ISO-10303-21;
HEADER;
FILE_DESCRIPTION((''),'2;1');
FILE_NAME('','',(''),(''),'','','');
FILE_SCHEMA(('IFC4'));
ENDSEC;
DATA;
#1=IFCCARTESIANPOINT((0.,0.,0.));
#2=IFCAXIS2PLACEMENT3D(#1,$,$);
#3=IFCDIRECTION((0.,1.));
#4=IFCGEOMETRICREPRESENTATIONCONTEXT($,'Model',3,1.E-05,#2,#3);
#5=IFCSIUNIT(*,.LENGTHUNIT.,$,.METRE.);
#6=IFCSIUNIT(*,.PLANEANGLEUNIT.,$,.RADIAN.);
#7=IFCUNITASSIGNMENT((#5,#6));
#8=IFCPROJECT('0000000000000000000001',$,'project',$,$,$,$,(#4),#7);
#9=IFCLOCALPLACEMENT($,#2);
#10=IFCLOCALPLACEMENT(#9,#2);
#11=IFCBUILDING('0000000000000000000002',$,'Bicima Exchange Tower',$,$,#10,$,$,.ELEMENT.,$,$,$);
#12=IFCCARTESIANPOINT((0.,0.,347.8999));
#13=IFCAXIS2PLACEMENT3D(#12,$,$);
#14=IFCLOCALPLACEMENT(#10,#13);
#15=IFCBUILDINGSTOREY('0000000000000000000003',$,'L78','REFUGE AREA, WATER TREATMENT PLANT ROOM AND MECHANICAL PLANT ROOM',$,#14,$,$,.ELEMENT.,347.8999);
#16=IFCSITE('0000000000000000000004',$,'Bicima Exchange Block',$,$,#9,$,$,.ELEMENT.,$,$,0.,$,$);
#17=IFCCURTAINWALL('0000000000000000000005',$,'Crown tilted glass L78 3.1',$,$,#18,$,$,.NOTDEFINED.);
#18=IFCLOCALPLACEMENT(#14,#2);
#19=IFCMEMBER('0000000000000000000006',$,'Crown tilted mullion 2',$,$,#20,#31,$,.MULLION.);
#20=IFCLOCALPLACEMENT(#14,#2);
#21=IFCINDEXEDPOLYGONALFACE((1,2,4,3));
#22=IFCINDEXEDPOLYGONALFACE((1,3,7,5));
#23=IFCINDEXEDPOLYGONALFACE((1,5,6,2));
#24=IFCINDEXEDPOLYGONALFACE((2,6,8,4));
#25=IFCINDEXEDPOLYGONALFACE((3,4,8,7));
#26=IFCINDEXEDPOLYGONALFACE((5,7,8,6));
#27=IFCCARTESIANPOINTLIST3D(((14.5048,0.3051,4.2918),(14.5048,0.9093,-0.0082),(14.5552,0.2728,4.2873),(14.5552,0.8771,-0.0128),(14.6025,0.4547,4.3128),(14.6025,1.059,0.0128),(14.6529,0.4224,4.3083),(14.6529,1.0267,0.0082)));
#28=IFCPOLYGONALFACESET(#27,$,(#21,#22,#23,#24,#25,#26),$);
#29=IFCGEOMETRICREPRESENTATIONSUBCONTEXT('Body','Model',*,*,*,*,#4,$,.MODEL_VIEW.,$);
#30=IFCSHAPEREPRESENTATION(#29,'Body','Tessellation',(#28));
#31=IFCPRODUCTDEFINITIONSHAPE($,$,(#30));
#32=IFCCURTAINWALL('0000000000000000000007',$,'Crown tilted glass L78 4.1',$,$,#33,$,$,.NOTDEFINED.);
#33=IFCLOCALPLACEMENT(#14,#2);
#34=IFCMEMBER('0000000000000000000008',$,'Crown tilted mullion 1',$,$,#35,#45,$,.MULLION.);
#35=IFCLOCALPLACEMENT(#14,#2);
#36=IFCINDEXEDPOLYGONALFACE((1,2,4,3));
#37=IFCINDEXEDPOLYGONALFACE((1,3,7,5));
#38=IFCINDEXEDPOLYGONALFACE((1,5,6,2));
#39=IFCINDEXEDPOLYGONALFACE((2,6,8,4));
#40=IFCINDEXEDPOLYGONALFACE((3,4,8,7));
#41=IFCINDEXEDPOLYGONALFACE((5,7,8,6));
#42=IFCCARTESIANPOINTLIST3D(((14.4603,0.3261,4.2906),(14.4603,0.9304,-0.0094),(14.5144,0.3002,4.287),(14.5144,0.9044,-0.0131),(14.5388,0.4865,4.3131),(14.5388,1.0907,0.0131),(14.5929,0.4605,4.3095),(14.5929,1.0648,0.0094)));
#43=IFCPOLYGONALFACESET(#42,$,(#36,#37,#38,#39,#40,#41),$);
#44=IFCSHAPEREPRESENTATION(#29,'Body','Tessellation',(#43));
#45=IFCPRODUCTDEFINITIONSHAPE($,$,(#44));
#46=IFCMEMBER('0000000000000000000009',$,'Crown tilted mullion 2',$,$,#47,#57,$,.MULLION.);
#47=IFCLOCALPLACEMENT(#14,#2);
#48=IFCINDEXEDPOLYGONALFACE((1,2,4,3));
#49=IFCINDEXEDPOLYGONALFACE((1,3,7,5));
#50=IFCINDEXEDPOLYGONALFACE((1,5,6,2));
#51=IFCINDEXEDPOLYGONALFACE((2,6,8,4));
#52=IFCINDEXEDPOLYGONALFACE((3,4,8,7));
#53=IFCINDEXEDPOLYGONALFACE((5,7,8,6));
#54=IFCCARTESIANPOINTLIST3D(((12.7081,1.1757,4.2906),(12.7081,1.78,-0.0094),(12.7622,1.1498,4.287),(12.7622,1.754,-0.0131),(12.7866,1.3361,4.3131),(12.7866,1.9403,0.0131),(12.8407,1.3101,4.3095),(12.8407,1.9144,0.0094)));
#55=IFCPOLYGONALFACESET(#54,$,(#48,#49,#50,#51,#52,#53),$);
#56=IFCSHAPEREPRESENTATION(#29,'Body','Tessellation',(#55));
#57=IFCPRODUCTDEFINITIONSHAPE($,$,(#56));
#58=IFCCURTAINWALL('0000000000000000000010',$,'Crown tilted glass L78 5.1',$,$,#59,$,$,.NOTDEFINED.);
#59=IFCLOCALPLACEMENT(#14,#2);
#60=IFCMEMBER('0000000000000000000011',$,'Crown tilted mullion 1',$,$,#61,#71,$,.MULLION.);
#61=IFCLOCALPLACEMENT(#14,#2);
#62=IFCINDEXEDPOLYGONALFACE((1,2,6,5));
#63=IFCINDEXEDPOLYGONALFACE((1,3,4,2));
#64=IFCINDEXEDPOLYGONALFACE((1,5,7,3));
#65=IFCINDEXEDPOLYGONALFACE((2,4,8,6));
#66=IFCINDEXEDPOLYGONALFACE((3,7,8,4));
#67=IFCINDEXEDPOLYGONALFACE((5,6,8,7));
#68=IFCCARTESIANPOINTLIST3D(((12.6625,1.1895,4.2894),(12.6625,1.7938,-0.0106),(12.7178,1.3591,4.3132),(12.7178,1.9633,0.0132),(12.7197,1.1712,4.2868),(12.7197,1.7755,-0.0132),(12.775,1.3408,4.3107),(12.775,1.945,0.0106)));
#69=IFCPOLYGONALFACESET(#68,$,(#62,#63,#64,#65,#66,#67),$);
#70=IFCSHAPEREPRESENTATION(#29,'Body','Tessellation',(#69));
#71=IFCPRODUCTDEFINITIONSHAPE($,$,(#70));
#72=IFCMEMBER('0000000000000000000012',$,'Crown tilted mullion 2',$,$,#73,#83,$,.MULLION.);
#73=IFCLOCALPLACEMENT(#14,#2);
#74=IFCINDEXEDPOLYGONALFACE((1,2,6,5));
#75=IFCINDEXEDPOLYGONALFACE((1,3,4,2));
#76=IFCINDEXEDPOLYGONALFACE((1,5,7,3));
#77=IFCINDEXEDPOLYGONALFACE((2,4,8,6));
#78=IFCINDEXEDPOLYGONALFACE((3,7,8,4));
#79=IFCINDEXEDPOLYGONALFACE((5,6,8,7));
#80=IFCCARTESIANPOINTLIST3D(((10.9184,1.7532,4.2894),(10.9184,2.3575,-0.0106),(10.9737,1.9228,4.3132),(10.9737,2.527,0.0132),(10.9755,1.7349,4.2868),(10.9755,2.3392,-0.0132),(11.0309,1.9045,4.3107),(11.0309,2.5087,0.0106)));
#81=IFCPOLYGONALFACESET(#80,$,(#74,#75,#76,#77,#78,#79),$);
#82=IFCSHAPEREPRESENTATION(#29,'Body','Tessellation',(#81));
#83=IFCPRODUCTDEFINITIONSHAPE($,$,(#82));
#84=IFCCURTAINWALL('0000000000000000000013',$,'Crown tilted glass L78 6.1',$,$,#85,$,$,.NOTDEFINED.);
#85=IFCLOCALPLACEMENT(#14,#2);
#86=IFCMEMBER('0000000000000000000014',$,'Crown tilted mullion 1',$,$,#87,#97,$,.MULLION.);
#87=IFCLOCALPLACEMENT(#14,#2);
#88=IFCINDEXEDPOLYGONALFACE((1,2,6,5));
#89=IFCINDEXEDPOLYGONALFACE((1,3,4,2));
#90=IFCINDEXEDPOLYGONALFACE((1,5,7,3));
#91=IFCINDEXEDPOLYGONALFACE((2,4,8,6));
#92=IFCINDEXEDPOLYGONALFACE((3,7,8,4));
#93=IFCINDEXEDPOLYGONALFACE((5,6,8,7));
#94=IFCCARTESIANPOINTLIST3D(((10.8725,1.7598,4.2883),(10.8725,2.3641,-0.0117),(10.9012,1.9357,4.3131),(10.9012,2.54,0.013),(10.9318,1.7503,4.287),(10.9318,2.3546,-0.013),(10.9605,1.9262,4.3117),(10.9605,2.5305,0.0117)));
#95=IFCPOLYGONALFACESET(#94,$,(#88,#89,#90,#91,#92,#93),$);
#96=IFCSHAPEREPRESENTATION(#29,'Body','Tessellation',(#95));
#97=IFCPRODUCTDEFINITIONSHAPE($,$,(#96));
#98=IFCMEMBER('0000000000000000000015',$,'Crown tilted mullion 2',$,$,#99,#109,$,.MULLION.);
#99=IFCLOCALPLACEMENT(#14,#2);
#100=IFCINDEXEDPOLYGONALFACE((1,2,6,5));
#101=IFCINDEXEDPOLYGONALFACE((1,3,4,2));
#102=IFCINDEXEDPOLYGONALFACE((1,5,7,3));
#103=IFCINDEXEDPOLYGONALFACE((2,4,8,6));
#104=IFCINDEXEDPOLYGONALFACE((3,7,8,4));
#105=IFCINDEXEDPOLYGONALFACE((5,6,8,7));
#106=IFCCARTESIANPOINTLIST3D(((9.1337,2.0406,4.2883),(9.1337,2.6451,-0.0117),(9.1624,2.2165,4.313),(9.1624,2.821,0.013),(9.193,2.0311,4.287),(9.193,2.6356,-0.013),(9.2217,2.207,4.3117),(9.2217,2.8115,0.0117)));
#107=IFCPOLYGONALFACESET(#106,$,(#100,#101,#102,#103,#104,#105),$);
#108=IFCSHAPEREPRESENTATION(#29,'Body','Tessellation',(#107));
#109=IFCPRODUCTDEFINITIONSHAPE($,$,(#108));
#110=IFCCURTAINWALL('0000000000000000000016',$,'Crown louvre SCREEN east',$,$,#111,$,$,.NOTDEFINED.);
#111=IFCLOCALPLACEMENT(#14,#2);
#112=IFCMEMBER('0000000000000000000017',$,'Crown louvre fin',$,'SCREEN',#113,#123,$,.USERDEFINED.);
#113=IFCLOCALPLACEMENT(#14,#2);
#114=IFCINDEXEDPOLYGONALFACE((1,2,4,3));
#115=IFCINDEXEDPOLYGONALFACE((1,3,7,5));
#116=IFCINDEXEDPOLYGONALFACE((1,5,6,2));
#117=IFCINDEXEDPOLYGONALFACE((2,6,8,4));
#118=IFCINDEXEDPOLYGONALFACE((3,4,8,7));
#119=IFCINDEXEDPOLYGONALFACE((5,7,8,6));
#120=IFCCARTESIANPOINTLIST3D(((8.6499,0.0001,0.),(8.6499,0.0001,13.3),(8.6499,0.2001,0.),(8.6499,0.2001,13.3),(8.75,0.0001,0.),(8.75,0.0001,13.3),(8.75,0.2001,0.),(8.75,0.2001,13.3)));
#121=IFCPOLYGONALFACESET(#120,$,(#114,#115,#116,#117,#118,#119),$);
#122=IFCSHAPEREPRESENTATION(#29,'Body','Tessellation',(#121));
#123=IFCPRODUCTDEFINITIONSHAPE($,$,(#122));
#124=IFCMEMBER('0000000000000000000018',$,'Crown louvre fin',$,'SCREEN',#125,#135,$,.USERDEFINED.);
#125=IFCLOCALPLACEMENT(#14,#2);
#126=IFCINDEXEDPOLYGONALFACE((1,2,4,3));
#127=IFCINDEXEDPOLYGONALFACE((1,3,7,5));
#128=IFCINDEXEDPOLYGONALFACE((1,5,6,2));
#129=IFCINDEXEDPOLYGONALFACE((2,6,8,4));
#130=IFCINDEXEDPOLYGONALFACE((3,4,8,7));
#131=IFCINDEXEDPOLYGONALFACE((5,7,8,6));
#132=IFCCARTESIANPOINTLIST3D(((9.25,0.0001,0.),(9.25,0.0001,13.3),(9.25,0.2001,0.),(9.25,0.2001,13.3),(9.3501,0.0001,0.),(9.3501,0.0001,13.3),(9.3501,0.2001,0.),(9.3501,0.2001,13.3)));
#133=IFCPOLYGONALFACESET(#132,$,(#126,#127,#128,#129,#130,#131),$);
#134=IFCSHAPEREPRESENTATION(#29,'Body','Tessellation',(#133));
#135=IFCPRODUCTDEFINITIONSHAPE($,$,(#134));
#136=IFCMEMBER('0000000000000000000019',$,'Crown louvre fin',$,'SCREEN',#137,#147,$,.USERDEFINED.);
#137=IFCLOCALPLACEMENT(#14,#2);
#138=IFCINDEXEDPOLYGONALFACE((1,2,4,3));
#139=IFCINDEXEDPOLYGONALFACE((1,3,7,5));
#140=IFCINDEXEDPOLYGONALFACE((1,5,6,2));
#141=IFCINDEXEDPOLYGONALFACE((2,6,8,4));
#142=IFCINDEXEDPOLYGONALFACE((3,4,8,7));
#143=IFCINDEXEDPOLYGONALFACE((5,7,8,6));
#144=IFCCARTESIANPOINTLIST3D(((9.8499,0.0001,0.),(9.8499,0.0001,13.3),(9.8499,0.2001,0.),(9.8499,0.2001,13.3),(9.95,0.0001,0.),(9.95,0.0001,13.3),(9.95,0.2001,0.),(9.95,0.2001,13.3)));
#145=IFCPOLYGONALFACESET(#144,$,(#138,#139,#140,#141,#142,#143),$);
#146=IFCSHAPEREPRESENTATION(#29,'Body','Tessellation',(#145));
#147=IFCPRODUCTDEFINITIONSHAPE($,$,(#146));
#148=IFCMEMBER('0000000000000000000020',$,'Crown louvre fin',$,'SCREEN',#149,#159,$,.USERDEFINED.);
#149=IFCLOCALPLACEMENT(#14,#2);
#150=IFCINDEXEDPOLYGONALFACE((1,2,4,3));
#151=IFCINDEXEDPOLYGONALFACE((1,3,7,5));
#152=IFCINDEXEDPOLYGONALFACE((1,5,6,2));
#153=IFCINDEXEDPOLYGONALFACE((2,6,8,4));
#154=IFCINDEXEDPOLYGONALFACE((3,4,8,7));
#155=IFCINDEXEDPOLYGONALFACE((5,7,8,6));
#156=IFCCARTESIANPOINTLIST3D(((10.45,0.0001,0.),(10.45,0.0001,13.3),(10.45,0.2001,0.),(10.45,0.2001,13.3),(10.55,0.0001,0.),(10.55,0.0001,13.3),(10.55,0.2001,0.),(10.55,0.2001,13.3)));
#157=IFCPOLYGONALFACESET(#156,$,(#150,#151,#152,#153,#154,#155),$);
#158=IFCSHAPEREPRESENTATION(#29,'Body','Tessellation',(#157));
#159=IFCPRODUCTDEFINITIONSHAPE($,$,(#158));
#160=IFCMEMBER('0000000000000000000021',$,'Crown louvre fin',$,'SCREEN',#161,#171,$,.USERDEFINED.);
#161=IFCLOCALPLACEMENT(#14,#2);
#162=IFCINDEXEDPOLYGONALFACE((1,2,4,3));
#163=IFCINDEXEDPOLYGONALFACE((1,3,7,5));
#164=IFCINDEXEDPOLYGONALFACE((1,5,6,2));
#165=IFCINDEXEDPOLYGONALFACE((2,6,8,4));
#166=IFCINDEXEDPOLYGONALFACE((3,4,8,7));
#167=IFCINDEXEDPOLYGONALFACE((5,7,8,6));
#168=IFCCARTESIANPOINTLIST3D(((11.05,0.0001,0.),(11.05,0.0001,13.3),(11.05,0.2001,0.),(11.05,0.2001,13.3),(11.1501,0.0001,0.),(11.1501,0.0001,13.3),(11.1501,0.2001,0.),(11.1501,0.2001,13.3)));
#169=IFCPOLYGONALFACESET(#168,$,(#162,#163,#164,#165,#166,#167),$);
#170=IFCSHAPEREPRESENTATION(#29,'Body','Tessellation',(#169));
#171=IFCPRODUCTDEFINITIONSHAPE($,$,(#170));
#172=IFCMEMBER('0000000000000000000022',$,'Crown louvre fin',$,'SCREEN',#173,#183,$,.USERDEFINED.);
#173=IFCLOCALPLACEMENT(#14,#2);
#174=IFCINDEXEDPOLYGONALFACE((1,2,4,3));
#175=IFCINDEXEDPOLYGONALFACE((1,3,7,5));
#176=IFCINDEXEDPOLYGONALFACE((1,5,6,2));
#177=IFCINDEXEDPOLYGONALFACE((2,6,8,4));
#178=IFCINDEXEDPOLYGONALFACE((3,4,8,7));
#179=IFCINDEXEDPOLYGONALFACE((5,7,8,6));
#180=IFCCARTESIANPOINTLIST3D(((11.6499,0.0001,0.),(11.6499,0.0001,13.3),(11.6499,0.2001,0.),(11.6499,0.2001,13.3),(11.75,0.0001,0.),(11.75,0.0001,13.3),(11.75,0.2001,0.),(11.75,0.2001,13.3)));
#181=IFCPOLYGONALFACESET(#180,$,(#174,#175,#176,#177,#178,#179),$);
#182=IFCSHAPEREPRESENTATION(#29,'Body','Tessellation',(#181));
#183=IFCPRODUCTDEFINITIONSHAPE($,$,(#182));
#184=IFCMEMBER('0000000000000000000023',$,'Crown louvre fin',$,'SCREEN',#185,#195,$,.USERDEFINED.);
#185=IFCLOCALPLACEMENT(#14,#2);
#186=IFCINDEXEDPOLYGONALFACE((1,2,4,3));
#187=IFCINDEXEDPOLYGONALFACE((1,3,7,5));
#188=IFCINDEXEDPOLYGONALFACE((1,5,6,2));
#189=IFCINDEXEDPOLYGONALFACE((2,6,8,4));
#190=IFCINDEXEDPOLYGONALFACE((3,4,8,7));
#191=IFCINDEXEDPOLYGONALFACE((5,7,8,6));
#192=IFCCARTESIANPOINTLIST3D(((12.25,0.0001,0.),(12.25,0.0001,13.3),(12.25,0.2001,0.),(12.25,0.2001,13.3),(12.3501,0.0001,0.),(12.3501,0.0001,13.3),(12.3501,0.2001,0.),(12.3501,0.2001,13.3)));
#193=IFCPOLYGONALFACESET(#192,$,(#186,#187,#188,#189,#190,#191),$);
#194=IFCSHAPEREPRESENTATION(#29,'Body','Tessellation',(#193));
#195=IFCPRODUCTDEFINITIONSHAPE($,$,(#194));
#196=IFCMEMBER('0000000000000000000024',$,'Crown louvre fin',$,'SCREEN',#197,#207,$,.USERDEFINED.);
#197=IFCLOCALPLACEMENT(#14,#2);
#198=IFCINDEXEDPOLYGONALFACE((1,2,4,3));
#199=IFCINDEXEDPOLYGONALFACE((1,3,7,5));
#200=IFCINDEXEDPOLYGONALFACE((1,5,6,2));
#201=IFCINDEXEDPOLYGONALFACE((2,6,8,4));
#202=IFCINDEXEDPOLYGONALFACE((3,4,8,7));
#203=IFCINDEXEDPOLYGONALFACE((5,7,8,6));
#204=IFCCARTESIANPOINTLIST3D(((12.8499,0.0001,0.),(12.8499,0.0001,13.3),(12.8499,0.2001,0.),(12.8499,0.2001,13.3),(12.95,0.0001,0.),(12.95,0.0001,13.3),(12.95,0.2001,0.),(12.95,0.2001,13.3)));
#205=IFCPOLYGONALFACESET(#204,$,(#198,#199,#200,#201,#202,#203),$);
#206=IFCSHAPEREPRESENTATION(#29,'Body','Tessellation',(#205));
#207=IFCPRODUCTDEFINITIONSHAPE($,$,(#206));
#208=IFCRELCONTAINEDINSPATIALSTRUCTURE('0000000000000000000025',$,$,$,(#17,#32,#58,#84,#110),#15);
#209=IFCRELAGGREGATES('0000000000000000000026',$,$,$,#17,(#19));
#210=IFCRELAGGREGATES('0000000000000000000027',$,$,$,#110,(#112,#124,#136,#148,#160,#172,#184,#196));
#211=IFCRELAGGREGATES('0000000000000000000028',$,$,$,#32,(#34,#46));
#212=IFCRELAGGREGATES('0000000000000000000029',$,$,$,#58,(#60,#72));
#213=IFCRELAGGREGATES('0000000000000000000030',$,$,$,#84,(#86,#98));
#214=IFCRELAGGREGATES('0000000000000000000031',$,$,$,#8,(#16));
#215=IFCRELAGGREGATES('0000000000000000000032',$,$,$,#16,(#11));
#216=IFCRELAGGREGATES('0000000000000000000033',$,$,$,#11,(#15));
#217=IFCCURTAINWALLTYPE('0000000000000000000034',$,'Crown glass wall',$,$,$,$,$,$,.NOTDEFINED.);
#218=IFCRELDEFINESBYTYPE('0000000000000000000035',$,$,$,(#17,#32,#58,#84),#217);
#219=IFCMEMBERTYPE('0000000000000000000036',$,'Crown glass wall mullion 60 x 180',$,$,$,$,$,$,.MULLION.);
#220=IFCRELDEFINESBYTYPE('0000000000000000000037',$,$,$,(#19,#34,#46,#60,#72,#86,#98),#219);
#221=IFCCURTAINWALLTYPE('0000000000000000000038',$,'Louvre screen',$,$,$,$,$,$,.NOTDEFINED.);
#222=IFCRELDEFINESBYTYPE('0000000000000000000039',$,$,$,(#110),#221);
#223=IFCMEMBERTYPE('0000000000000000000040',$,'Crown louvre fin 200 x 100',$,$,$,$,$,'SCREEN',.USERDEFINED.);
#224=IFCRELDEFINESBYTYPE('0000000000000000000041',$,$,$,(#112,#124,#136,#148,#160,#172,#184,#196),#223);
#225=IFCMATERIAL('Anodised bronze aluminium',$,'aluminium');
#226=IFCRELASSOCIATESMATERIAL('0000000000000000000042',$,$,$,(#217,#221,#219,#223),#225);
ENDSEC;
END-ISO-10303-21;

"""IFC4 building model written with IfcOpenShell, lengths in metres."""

from ifc_helpers import new_model, si_unit, direction, frame, origin, origin_2d, place, context, subcontext, project, spatial, rectangle, extrude, material, material_profile, profile_set, type_object, element, aggregate, save


model = new_model("IFC4")

# Units and contexts
model_context = context("Model", 3, precision=1e-05, world=origin(), true_north=direction((0.0, 1.0)))
body_context = subcontext(model_context, "Body", "Model", "MODEL_VIEW")
ifc_project = project(units=[si_unit("LENGTHUNIT", "METRE"), si_unit("PLANEANGLEUNIT", "RADIAN")], contexts=[model_context])

# Site, building, storey
site_placement = place(None, origin())
site = spatial("IfcSite", under=ifc_project, at=site_placement, Name="Bicima Exchange Block", CompositionType="ELEMENT", RefElevation=0.0)
building_placement = place(site_placement, origin())
building = spatial("IfcBuilding", under=site, at=building_placement, Name="Bicima Exchange Tower", CompositionType="ELEMENT")
storey_placement = place(building_placement, frame((0.0, 0.0, 347.8999)))
storey = spatial("IfcBuildingStorey", under=building, at=storey_placement, Name="L78", Description="REFUGE AREA, WATER TREATMENT PLANT ROOM AND MECHANICAL PLANT ROOM", CompositionType="ELEMENT", Elevation=347.8999)

# Curtain wall, member
ifc_material_1 = material(Name="Anodised bronze aluminium", Category="aluminium")
curtain_wall_type_1 = type_object("IfcCurtainWallType", Name="Crown glass wall", PredefinedType="NOTDEFINED", material=ifc_material_1)
curtain_wall_1_placement = place(storey_placement, origin())
curtain_wall_1 = element("IfcCurtainWall", 1, at=curtain_wall_1_placement, inside=storey, type_object=curtain_wall_type_1, Name="Crown tilted glass L78 3.1", PredefinedType="NOTDEFINED")
ifc_material_profile_1 = material_profile(ifc_material_1, rectangle(XDim=0.1799, YDim=0.0601, at=origin_2d()))
ifc_profile_set_1 = profile_set([ifc_material_profile_1], Name="Anodised bronze aluminium")
member_type_1 = type_object("IfcMemberType", Name="Crown glass wall mullion 60 x 180", PredefinedType="MULLION", material=ifc_profile_set_1)
member_1_placement = place(storey_placement, frame((14.5789, 0.968, 0.0), z_axis=(0.0, -0.139154, 0.990271), x_axis=(-0.542911, -0.83162, -0.11686)))
member_1 = element("IfcMember", 2, at=member_1_placement, type_object=member_type_1, Name="Crown tilted mullion 2", PredefinedType="MULLION", context=body_context, shape_type="SweptSolid", body=[
    extrude(rectangle(XDim=0.1799, YDim=0.0601, at=origin_2d()), origin(), (0.0, 0.0, 1.0), 4.3423),
])
aggregate(curtain_wall_1, [member_1])

# Curtain walls, members
curtain_wall_2_placement = place(storey_placement, origin())
curtain_wall_2 = element("IfcCurtainWall", 3, at=curtain_wall_2_placement, inside=storey, type_object=curtain_wall_type_1, Name="Crown tilted glass L78 4.1", PredefinedType="NOTDEFINED")
member_2_placement = place(storey_placement, frame((14.5266, 0.9976, 0.0), z_axis=(0.0, -0.139154, 0.990271), x_axis=(-0.436265, -0.891064, -0.125213)))
member_2 = element("IfcMember", 4, at=member_2_placement, type_object=member_type_1, Name="Crown tilted mullion 1", PredefinedType="MULLION", context=body_context, shape_type="SweptSolid", body=[
    extrude(rectangle(XDim=0.1799, YDim=0.0601, at=origin_2d()), origin(), (0.0, 0.0, 1.0), 4.3423),
])
member_3_placement = place(storey_placement, frame((12.7744, 1.8472, 0.0), z_axis=(0.0, -0.139154, 0.990271), x_axis=(-0.436265, -0.891064, -0.125213)))
member_3 = element("IfcMember", 5, at=member_3_placement, type_object=member_type_1, Name="Crown tilted mullion 2", PredefinedType="MULLION", context=body_context, shape_type="SweptSolid", body=[
    extrude(rectangle(XDim=0.1799, YDim=0.0601, at=origin_2d()), origin(), (0.0, 0.0, 1.0), 4.3423),
])
curtain_wall_3_placement = place(storey_placement, origin())
curtain_wall_3 = element("IfcCurtainWall", 6, at=curtain_wall_3_placement, inside=storey, type_object=curtain_wall_type_1, Name="Crown tilted glass L78 5.1", PredefinedType="NOTDEFINED")
member_4_placement = place(storey_placement, frame((12.7188, 1.8694, 0.0), z_axis=(0.0, -0.139154, 0.990271), x_axis=(-0.307573, -0.942267, -0.132408)))
member_4 = element("IfcMember", 7, at=member_4_placement, type_object=member_type_1, Name="Crown tilted mullion 1", PredefinedType="MULLION", context=body_context, shape_type="SweptSolid", body=[
    extrude(rectangle(XDim=0.1799, YDim=0.0601, at=origin_2d()), origin(), (0.0, 0.0, 1.0), 4.3423),
])
member_5_placement = place(storey_placement, frame((10.9746, 2.4331, 0.0), z_axis=(0.0, -0.139154, 0.990271), x_axis=(-0.307573, -0.942267, -0.132408)))
member_5 = element("IfcMember", 8, at=member_5_placement, type_object=member_type_1, Name="Crown tilted mullion 2", PredefinedType="MULLION", context=body_context, shape_type="SweptSolid", body=[
    extrude(rectangle(XDim=0.1799, YDim=0.0601, at=origin_2d()), origin(), (0.0, 0.0, 1.0), 4.3423),
])
curtain_wall_4_placement = place(storey_placement, origin())
curtain_wall_4 = element("IfcCurtainWall", 9, at=curtain_wall_4_placement, inside=storey, type_object=curtain_wall_type_1, Name="Crown tilted glass L78 6.1", PredefinedType="NOTDEFINED")
member_6_placement = place(storey_placement, frame((10.9165, 2.4473, 0.0), z_axis=(0.0, -0.139154, 0.990271), x_axis=(-0.15955, -0.977585, -0.137371)))
member_6 = element("IfcMember", 10, at=member_6_placement, type_object=member_type_1, Name="Crown tilted mullion 1", PredefinedType="MULLION", context=body_context, shape_type="SweptSolid", body=[
    extrude(rectangle(XDim=0.1799, YDim=0.0601, at=origin_2d()), origin(), (0.0, 0.0, 1.0), 4.3423),
])
member_7_placement = place(storey_placement, frame((9.1777, 2.7283, 0.0), z_axis=(0.0, -0.139209, 0.990263), x_axis=(-0.15955, -0.977578, -0.137426)))
member_7 = element("IfcMember", 11, at=member_7_placement, type_object=member_type_1, Name="Crown tilted mullion 2", PredefinedType="MULLION", context=body_context, shape_type="SweptSolid", body=[
    extrude(rectangle(XDim=0.1799, YDim=0.0601, at=origin_2d()), origin(), (0.0, 0.0, 1.0), 4.3423),
])
curtain_wall_type_2 = type_object("IfcCurtainWallType", Name="Louvre screen", PredefinedType="NOTDEFINED", material=ifc_material_1)
curtain_wall_5_placement = place(storey_placement, origin())
curtain_wall_5 = element("IfcCurtainWall", 12, at=curtain_wall_5_placement, inside=storey, type_object=curtain_wall_type_2, Name="Crown louvre SCREEN east", PredefinedType="NOTDEFINED")
ifc_material_profile_2 = material_profile(ifc_material_1, rectangle(XDim=0.1001, YDim=0.2, at=origin_2d()))
ifc_profile_set_2 = profile_set([ifc_material_profile_2], Name="Anodised bronze aluminium")
member_type_2 = type_object("IfcMemberType", Name="Crown louvre fin 200 x 100", ElementType="SCREEN", PredefinedType="USERDEFINED", material=ifc_profile_set_2)
member_8_placement = place(storey_placement, frame((8.7, 0.1001, 0.0), z_axis=(0.0, 0.0, 1.0), x_axis=(1.0, 0.0, 0.0)))
member_8 = element("IfcMember", 13, at=member_8_placement, type_object=member_type_2, Name="Crown louvre fin", ObjectType="SCREEN", PredefinedType="USERDEFINED", context=body_context, shape_type="SweptSolid", body=[
    extrude(rectangle(XDim=0.1001, YDim=0.2, at=origin_2d()), origin(), (0.0, 0.0, 1.0), 13.3),
])
member_9_placement = place(storey_placement, frame((9.3, 0.1001, 0.0), z_axis=(0.0, 0.0, 1.0), x_axis=(1.0, 0.0, 0.0)))
member_9 = element("IfcMember", 14, at=member_9_placement, type_object=member_type_2, Name="Crown louvre fin", ObjectType="SCREEN", PredefinedType="USERDEFINED", context=body_context, shape_type="SweptSolid", body=[
    extrude(rectangle(XDim=0.1001, YDim=0.2, at=origin_2d()), origin(), (0.0, 0.0, 1.0), 13.3),
])
member_10_placement = place(storey_placement, frame((9.8999, 0.1001, 0.0), z_axis=(0.0, 0.0, 1.0), x_axis=(1.0, 0.0, 0.0)))
member_10 = element("IfcMember", 15, at=member_10_placement, type_object=member_type_2, Name="Crown louvre fin", ObjectType="SCREEN", PredefinedType="USERDEFINED", context=body_context, shape_type="SweptSolid", body=[
    extrude(rectangle(XDim=0.1001, YDim=0.2, at=origin_2d()), origin(), (0.0, 0.0, 1.0), 13.3),
])
member_11_placement = place(storey_placement, frame((10.5, 0.1001, 0.0), z_axis=(0.0, 0.0, 1.0), x_axis=(1.0, 0.0, 0.0)))
member_11 = element("IfcMember", 16, at=member_11_placement, type_object=member_type_2, Name="Crown louvre fin", ObjectType="SCREEN", PredefinedType="USERDEFINED", context=body_context, shape_type="SweptSolid", body=[
    extrude(rectangle(XDim=0.1001, YDim=0.2, at=origin_2d()), origin(), (0.0, 0.0, 1.0), 13.3),
])
member_12_placement = place(storey_placement, frame((11.1001, 0.1001, 0.0), z_axis=(0.0, 0.0, 1.0), x_axis=(1.0, 0.0, 0.0)))
member_12 = element("IfcMember", 17, at=member_12_placement, type_object=member_type_2, Name="Crown louvre fin", ObjectType="SCREEN", PredefinedType="USERDEFINED", context=body_context, shape_type="SweptSolid", body=[
    extrude(rectangle(XDim=0.1001, YDim=0.2, at=origin_2d()), origin(), (0.0, 0.0, 1.0), 13.3),
])
member_13_placement = place(storey_placement, frame((11.7, 0.1001, 0.0), z_axis=(0.0, 0.0, 1.0), x_axis=(1.0, 0.0, 0.0)))
member_13 = element("IfcMember", 18, at=member_13_placement, type_object=member_type_2, Name="Crown louvre fin", ObjectType="SCREEN", PredefinedType="USERDEFINED", context=body_context, shape_type="SweptSolid", body=[
    extrude(rectangle(XDim=0.1001, YDim=0.2, at=origin_2d()), origin(), (0.0, 0.0, 1.0), 13.3),
])
member_14_placement = place(storey_placement, frame((12.3, 0.1001, 0.0), z_axis=(0.0, 0.0, 1.0), x_axis=(1.0, 0.0, 0.0)))
member_14 = element("IfcMember", 19, at=member_14_placement, type_object=member_type_2, Name="Crown louvre fin", ObjectType="SCREEN", PredefinedType="USERDEFINED", context=body_context, shape_type="SweptSolid", body=[
    extrude(rectangle(XDim=0.1001, YDim=0.2, at=origin_2d()), origin(), (0.0, 0.0, 1.0), 13.3),
])
member_15_placement = place(storey_placement, frame((12.8999, 0.1001, 0.0), z_axis=(0.0, 0.0, 1.0), x_axis=(1.0, 0.0, 0.0)))
member_15 = element("IfcMember", 20, at=member_15_placement, type_object=member_type_2, Name="Crown louvre fin", ObjectType="SCREEN", PredefinedType="USERDEFINED", context=body_context, shape_type="SweptSolid", body=[
    extrude(rectangle(XDim=0.1001, YDim=0.2, at=origin_2d()), origin(), (0.0, 0.0, 1.0), 13.3),
])
aggregate(curtain_wall_5, [member_8, member_9, member_10, member_11, member_12, member_13, member_14, member_15])

aggregate(curtain_wall_2, [member_2, member_3])
aggregate(curtain_wall_3, [member_4, member_5])
aggregate(curtain_wall_4, [member_6, member_7])

save(model, "model.ifc")
